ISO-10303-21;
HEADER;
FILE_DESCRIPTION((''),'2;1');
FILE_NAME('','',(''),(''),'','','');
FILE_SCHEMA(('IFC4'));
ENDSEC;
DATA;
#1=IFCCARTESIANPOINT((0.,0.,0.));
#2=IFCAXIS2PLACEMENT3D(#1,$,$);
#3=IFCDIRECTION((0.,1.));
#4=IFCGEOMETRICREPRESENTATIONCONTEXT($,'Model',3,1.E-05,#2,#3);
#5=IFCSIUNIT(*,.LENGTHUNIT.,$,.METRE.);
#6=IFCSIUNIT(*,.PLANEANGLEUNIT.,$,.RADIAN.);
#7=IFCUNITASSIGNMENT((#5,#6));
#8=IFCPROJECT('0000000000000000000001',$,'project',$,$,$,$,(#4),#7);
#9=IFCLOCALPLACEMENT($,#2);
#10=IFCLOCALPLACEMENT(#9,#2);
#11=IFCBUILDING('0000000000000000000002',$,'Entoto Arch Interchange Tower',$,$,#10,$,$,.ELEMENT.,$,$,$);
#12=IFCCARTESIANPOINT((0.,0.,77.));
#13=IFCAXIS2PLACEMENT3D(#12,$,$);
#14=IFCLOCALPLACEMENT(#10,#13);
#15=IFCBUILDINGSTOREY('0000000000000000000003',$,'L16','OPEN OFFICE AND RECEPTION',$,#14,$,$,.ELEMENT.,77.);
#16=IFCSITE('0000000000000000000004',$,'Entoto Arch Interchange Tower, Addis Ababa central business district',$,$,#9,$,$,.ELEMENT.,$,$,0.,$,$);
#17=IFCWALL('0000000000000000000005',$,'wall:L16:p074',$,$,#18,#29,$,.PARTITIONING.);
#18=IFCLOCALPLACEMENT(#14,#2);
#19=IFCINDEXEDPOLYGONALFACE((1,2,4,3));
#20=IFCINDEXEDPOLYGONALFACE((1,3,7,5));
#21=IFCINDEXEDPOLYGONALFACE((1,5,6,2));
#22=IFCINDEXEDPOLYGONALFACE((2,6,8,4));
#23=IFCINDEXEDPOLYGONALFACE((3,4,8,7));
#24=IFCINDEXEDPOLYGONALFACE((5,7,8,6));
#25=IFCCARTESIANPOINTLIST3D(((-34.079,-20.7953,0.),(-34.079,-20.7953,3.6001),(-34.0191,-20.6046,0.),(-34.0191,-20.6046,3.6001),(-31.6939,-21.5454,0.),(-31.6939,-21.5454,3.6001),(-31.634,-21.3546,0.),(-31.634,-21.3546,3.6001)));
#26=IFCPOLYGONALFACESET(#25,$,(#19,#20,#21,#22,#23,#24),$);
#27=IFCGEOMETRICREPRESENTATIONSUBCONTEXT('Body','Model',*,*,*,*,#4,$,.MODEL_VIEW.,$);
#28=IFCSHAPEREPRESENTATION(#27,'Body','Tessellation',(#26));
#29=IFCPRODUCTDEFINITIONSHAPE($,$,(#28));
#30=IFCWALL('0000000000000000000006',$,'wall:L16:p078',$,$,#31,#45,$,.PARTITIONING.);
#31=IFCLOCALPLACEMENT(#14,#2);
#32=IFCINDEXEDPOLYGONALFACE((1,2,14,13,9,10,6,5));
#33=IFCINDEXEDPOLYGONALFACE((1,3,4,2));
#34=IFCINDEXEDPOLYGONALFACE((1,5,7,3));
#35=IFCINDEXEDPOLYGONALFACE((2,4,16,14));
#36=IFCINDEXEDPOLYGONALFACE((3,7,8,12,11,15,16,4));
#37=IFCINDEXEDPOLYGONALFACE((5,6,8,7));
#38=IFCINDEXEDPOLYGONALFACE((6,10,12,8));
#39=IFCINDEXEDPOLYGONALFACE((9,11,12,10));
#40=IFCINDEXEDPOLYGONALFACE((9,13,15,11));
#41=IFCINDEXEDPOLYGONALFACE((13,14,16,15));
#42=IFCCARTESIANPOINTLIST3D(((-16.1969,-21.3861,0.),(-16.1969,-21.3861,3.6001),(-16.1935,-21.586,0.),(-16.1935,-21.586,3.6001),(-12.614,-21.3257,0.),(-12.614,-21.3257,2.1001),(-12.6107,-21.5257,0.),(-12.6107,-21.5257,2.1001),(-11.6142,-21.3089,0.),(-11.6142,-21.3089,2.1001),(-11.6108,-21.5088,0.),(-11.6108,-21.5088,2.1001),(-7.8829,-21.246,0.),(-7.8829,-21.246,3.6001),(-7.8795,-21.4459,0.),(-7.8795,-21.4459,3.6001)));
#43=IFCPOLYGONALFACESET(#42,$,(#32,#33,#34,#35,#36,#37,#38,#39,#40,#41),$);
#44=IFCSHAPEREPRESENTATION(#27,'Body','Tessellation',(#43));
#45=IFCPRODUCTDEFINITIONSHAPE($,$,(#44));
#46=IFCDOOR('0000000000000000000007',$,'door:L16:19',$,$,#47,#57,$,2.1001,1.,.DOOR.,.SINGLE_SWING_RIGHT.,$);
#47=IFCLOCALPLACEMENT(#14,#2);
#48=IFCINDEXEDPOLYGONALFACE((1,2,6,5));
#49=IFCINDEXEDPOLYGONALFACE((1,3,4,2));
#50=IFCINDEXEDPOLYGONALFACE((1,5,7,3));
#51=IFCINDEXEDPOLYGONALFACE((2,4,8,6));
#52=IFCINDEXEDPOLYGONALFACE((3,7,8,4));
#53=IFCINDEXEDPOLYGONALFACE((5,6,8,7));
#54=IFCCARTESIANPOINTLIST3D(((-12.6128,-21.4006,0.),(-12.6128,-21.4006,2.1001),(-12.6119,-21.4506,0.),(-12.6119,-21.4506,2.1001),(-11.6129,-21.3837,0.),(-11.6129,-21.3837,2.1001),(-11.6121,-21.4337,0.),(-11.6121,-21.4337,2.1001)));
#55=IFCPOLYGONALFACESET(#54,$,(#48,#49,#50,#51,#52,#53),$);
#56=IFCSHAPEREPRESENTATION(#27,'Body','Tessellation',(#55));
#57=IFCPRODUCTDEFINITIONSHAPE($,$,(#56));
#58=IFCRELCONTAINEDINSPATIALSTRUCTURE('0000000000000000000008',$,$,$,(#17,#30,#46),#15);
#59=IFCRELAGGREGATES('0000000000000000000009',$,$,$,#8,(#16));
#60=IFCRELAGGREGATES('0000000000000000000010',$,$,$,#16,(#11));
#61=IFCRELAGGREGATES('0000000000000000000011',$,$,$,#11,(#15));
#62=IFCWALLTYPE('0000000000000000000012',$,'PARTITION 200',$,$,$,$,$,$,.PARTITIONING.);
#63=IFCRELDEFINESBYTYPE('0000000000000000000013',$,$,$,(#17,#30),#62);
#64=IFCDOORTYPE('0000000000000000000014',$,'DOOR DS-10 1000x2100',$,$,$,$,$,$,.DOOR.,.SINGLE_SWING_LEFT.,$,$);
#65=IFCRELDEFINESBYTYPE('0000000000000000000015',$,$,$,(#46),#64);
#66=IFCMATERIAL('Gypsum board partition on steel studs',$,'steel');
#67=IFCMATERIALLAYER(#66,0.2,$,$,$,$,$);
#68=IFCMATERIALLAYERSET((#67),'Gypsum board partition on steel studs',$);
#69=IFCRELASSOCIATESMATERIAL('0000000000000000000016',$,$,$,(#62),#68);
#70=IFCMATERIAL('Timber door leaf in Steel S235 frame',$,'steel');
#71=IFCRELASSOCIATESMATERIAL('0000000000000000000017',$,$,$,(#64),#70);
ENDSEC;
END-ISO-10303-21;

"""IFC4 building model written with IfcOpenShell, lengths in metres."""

from ifc_helpers import new_model, si_unit, direction, frame, frame_2d, origin, place, context, subcontext, project, spatial, rectangle, extrude, material, layer, layer_set, type_object, element, fill, save


model = new_model("IFC4")

# Units and contexts
model_context = context("Model", 3, precision=1e-05, world=origin(), true_north=direction((0.0, 1.0)))
body_context = subcontext(model_context, "Body", "Model", "MODEL_VIEW")
ifc_project = project(units=[si_unit("LENGTHUNIT", "METRE"), si_unit("PLANEANGLEUNIT", "RADIAN")], contexts=[model_context])

# Site, building, storey
site_placement = place(None, origin())
site = spatial("IfcSite", under=ifc_project, at=site_placement, Name="Entoto Arch Interchange Tower, Addis Ababa central business district", CompositionType="ELEMENT", RefElevation=0.0)
building_placement = place(site_placement, origin())
building = spatial("IfcBuilding", under=site, at=building_placement, Name="Entoto Arch Interchange Tower", CompositionType="ELEMENT")
storey_placement = place(building_placement, frame((0.0, 0.0, 77.0)))
storey = spatial("IfcBuildingStorey", under=building, at=storey_placement, Name="L16", Description="OPEN OFFICE AND RECEPTION", CompositionType="ELEMENT", Elevation=77.0)

# Shared definitions
ifc_material_1 = material(Name="Gypsum board partition on steel studs", Category="steel")
ifc_layer_1 = layer(ifc_material_1, 0.2)
ifc_layer_set_1 = layer_set([ifc_layer_1], Name="Gypsum board partition on steel studs")
wall_type_1 = type_object("IfcWallType", Name="PARTITION 200", PredefinedType="PARTITIONING", material=ifc_layer_set_1)

# Shared definitions
ifc_material_2 = material(Name="Timber door leaf in Steel S235 frame", Category="steel")

# Shared definitions
door_type_1 = type_object("IfcDoorType", Name="DOOR DS-10 1000x2100", OperationType="SINGLE_SWING_LEFT", PredefinedType="DOOR", material=ifc_material_2)

# Wall
wall_1_placement = place(storey_placement, frame((-31.6641, -21.45, 0.0), z_axis=(0.0, 0.0, 1.0), x_axis=(-0.953945, 0.299981, 0.0)))
element("IfcWall", 1, at=wall_1_placement, inside=storey, type_object=wall_type_1, Name="wall:L16:p074", PredefinedType="PARTITIONING", context=body_context, shape_type="SweptSolid", body=[
    extrude(rectangle(XDim=2.5002, YDim=0.2, at=frame_2d((1.25, 0.0))), origin(), (0.0, 0.0, 1.0), 3.6001),
])

# Wall, opening, door
wall_2_placement = place(storey_placement, frame((-7.8811, -21.3459, 0.0), z_axis=(0.0, 0.0, 1.0), x_axis=(-0.999858, -0.016853, 0.0)))
wall_2 = element("IfcWall", 2, at=wall_2_placement, inside=storey, type_object=wall_type_1, Name="wall:L16:p078", PredefinedType="PARTITIONING", context=body_context, shape_type="SweptSolid", body=[
    extrude(rectangle(XDim=8.3152, YDim=0.2, at=frame_2d((4.1577, 0.0))), origin(), (0.0, 0.0, 1.0), 3.6001),
])
opening_1_placement = place(wall_2_placement, frame((3.7319, 0.0, 0.0)))
opening_1 = element("IfcOpeningElement", 3, at=opening_1_placement, cuts=wall_2, PredefinedType="OPENING", context=body_context, shape_type="SweptSolid", body=[
    extrude(rectangle(XDim=1.0, YDim=2.1001, at=frame_2d((0.5, 1.05))), frame((0.0, 0.1099, 0.0), z_axis=(0.0, -1.0, 0.0), x_axis=(1.0, 0.0, 0.0)), (0.0, 0.0, 1.0), 0.22),
])
door_1_placement = place(opening_1_placement, origin())
door_1 = element("IfcDoor", 4, at=door_1_placement, inside=storey, type_object=door_type_1, Name="door:L16:19", OperationType="SINGLE_SWING_RIGHT", OverallHeight=2.1001, OverallWidth=1.0, PredefinedType="DOOR", context=body_context, shape_type="SweptSolid", body=[
    extrude(rectangle(XDim=1.0, YDim=2.1001, at=frame_2d((0.5, 1.05))), frame((0.0, 0.0249, 0.0), z_axis=(0.0, -1.0, 0.0), x_axis=(1.0, 0.0, 0.0)), (0.0, 0.0, 1.0), 0.05),
])
fill(opening_1, door_1)

save(model, "model.ifc")
